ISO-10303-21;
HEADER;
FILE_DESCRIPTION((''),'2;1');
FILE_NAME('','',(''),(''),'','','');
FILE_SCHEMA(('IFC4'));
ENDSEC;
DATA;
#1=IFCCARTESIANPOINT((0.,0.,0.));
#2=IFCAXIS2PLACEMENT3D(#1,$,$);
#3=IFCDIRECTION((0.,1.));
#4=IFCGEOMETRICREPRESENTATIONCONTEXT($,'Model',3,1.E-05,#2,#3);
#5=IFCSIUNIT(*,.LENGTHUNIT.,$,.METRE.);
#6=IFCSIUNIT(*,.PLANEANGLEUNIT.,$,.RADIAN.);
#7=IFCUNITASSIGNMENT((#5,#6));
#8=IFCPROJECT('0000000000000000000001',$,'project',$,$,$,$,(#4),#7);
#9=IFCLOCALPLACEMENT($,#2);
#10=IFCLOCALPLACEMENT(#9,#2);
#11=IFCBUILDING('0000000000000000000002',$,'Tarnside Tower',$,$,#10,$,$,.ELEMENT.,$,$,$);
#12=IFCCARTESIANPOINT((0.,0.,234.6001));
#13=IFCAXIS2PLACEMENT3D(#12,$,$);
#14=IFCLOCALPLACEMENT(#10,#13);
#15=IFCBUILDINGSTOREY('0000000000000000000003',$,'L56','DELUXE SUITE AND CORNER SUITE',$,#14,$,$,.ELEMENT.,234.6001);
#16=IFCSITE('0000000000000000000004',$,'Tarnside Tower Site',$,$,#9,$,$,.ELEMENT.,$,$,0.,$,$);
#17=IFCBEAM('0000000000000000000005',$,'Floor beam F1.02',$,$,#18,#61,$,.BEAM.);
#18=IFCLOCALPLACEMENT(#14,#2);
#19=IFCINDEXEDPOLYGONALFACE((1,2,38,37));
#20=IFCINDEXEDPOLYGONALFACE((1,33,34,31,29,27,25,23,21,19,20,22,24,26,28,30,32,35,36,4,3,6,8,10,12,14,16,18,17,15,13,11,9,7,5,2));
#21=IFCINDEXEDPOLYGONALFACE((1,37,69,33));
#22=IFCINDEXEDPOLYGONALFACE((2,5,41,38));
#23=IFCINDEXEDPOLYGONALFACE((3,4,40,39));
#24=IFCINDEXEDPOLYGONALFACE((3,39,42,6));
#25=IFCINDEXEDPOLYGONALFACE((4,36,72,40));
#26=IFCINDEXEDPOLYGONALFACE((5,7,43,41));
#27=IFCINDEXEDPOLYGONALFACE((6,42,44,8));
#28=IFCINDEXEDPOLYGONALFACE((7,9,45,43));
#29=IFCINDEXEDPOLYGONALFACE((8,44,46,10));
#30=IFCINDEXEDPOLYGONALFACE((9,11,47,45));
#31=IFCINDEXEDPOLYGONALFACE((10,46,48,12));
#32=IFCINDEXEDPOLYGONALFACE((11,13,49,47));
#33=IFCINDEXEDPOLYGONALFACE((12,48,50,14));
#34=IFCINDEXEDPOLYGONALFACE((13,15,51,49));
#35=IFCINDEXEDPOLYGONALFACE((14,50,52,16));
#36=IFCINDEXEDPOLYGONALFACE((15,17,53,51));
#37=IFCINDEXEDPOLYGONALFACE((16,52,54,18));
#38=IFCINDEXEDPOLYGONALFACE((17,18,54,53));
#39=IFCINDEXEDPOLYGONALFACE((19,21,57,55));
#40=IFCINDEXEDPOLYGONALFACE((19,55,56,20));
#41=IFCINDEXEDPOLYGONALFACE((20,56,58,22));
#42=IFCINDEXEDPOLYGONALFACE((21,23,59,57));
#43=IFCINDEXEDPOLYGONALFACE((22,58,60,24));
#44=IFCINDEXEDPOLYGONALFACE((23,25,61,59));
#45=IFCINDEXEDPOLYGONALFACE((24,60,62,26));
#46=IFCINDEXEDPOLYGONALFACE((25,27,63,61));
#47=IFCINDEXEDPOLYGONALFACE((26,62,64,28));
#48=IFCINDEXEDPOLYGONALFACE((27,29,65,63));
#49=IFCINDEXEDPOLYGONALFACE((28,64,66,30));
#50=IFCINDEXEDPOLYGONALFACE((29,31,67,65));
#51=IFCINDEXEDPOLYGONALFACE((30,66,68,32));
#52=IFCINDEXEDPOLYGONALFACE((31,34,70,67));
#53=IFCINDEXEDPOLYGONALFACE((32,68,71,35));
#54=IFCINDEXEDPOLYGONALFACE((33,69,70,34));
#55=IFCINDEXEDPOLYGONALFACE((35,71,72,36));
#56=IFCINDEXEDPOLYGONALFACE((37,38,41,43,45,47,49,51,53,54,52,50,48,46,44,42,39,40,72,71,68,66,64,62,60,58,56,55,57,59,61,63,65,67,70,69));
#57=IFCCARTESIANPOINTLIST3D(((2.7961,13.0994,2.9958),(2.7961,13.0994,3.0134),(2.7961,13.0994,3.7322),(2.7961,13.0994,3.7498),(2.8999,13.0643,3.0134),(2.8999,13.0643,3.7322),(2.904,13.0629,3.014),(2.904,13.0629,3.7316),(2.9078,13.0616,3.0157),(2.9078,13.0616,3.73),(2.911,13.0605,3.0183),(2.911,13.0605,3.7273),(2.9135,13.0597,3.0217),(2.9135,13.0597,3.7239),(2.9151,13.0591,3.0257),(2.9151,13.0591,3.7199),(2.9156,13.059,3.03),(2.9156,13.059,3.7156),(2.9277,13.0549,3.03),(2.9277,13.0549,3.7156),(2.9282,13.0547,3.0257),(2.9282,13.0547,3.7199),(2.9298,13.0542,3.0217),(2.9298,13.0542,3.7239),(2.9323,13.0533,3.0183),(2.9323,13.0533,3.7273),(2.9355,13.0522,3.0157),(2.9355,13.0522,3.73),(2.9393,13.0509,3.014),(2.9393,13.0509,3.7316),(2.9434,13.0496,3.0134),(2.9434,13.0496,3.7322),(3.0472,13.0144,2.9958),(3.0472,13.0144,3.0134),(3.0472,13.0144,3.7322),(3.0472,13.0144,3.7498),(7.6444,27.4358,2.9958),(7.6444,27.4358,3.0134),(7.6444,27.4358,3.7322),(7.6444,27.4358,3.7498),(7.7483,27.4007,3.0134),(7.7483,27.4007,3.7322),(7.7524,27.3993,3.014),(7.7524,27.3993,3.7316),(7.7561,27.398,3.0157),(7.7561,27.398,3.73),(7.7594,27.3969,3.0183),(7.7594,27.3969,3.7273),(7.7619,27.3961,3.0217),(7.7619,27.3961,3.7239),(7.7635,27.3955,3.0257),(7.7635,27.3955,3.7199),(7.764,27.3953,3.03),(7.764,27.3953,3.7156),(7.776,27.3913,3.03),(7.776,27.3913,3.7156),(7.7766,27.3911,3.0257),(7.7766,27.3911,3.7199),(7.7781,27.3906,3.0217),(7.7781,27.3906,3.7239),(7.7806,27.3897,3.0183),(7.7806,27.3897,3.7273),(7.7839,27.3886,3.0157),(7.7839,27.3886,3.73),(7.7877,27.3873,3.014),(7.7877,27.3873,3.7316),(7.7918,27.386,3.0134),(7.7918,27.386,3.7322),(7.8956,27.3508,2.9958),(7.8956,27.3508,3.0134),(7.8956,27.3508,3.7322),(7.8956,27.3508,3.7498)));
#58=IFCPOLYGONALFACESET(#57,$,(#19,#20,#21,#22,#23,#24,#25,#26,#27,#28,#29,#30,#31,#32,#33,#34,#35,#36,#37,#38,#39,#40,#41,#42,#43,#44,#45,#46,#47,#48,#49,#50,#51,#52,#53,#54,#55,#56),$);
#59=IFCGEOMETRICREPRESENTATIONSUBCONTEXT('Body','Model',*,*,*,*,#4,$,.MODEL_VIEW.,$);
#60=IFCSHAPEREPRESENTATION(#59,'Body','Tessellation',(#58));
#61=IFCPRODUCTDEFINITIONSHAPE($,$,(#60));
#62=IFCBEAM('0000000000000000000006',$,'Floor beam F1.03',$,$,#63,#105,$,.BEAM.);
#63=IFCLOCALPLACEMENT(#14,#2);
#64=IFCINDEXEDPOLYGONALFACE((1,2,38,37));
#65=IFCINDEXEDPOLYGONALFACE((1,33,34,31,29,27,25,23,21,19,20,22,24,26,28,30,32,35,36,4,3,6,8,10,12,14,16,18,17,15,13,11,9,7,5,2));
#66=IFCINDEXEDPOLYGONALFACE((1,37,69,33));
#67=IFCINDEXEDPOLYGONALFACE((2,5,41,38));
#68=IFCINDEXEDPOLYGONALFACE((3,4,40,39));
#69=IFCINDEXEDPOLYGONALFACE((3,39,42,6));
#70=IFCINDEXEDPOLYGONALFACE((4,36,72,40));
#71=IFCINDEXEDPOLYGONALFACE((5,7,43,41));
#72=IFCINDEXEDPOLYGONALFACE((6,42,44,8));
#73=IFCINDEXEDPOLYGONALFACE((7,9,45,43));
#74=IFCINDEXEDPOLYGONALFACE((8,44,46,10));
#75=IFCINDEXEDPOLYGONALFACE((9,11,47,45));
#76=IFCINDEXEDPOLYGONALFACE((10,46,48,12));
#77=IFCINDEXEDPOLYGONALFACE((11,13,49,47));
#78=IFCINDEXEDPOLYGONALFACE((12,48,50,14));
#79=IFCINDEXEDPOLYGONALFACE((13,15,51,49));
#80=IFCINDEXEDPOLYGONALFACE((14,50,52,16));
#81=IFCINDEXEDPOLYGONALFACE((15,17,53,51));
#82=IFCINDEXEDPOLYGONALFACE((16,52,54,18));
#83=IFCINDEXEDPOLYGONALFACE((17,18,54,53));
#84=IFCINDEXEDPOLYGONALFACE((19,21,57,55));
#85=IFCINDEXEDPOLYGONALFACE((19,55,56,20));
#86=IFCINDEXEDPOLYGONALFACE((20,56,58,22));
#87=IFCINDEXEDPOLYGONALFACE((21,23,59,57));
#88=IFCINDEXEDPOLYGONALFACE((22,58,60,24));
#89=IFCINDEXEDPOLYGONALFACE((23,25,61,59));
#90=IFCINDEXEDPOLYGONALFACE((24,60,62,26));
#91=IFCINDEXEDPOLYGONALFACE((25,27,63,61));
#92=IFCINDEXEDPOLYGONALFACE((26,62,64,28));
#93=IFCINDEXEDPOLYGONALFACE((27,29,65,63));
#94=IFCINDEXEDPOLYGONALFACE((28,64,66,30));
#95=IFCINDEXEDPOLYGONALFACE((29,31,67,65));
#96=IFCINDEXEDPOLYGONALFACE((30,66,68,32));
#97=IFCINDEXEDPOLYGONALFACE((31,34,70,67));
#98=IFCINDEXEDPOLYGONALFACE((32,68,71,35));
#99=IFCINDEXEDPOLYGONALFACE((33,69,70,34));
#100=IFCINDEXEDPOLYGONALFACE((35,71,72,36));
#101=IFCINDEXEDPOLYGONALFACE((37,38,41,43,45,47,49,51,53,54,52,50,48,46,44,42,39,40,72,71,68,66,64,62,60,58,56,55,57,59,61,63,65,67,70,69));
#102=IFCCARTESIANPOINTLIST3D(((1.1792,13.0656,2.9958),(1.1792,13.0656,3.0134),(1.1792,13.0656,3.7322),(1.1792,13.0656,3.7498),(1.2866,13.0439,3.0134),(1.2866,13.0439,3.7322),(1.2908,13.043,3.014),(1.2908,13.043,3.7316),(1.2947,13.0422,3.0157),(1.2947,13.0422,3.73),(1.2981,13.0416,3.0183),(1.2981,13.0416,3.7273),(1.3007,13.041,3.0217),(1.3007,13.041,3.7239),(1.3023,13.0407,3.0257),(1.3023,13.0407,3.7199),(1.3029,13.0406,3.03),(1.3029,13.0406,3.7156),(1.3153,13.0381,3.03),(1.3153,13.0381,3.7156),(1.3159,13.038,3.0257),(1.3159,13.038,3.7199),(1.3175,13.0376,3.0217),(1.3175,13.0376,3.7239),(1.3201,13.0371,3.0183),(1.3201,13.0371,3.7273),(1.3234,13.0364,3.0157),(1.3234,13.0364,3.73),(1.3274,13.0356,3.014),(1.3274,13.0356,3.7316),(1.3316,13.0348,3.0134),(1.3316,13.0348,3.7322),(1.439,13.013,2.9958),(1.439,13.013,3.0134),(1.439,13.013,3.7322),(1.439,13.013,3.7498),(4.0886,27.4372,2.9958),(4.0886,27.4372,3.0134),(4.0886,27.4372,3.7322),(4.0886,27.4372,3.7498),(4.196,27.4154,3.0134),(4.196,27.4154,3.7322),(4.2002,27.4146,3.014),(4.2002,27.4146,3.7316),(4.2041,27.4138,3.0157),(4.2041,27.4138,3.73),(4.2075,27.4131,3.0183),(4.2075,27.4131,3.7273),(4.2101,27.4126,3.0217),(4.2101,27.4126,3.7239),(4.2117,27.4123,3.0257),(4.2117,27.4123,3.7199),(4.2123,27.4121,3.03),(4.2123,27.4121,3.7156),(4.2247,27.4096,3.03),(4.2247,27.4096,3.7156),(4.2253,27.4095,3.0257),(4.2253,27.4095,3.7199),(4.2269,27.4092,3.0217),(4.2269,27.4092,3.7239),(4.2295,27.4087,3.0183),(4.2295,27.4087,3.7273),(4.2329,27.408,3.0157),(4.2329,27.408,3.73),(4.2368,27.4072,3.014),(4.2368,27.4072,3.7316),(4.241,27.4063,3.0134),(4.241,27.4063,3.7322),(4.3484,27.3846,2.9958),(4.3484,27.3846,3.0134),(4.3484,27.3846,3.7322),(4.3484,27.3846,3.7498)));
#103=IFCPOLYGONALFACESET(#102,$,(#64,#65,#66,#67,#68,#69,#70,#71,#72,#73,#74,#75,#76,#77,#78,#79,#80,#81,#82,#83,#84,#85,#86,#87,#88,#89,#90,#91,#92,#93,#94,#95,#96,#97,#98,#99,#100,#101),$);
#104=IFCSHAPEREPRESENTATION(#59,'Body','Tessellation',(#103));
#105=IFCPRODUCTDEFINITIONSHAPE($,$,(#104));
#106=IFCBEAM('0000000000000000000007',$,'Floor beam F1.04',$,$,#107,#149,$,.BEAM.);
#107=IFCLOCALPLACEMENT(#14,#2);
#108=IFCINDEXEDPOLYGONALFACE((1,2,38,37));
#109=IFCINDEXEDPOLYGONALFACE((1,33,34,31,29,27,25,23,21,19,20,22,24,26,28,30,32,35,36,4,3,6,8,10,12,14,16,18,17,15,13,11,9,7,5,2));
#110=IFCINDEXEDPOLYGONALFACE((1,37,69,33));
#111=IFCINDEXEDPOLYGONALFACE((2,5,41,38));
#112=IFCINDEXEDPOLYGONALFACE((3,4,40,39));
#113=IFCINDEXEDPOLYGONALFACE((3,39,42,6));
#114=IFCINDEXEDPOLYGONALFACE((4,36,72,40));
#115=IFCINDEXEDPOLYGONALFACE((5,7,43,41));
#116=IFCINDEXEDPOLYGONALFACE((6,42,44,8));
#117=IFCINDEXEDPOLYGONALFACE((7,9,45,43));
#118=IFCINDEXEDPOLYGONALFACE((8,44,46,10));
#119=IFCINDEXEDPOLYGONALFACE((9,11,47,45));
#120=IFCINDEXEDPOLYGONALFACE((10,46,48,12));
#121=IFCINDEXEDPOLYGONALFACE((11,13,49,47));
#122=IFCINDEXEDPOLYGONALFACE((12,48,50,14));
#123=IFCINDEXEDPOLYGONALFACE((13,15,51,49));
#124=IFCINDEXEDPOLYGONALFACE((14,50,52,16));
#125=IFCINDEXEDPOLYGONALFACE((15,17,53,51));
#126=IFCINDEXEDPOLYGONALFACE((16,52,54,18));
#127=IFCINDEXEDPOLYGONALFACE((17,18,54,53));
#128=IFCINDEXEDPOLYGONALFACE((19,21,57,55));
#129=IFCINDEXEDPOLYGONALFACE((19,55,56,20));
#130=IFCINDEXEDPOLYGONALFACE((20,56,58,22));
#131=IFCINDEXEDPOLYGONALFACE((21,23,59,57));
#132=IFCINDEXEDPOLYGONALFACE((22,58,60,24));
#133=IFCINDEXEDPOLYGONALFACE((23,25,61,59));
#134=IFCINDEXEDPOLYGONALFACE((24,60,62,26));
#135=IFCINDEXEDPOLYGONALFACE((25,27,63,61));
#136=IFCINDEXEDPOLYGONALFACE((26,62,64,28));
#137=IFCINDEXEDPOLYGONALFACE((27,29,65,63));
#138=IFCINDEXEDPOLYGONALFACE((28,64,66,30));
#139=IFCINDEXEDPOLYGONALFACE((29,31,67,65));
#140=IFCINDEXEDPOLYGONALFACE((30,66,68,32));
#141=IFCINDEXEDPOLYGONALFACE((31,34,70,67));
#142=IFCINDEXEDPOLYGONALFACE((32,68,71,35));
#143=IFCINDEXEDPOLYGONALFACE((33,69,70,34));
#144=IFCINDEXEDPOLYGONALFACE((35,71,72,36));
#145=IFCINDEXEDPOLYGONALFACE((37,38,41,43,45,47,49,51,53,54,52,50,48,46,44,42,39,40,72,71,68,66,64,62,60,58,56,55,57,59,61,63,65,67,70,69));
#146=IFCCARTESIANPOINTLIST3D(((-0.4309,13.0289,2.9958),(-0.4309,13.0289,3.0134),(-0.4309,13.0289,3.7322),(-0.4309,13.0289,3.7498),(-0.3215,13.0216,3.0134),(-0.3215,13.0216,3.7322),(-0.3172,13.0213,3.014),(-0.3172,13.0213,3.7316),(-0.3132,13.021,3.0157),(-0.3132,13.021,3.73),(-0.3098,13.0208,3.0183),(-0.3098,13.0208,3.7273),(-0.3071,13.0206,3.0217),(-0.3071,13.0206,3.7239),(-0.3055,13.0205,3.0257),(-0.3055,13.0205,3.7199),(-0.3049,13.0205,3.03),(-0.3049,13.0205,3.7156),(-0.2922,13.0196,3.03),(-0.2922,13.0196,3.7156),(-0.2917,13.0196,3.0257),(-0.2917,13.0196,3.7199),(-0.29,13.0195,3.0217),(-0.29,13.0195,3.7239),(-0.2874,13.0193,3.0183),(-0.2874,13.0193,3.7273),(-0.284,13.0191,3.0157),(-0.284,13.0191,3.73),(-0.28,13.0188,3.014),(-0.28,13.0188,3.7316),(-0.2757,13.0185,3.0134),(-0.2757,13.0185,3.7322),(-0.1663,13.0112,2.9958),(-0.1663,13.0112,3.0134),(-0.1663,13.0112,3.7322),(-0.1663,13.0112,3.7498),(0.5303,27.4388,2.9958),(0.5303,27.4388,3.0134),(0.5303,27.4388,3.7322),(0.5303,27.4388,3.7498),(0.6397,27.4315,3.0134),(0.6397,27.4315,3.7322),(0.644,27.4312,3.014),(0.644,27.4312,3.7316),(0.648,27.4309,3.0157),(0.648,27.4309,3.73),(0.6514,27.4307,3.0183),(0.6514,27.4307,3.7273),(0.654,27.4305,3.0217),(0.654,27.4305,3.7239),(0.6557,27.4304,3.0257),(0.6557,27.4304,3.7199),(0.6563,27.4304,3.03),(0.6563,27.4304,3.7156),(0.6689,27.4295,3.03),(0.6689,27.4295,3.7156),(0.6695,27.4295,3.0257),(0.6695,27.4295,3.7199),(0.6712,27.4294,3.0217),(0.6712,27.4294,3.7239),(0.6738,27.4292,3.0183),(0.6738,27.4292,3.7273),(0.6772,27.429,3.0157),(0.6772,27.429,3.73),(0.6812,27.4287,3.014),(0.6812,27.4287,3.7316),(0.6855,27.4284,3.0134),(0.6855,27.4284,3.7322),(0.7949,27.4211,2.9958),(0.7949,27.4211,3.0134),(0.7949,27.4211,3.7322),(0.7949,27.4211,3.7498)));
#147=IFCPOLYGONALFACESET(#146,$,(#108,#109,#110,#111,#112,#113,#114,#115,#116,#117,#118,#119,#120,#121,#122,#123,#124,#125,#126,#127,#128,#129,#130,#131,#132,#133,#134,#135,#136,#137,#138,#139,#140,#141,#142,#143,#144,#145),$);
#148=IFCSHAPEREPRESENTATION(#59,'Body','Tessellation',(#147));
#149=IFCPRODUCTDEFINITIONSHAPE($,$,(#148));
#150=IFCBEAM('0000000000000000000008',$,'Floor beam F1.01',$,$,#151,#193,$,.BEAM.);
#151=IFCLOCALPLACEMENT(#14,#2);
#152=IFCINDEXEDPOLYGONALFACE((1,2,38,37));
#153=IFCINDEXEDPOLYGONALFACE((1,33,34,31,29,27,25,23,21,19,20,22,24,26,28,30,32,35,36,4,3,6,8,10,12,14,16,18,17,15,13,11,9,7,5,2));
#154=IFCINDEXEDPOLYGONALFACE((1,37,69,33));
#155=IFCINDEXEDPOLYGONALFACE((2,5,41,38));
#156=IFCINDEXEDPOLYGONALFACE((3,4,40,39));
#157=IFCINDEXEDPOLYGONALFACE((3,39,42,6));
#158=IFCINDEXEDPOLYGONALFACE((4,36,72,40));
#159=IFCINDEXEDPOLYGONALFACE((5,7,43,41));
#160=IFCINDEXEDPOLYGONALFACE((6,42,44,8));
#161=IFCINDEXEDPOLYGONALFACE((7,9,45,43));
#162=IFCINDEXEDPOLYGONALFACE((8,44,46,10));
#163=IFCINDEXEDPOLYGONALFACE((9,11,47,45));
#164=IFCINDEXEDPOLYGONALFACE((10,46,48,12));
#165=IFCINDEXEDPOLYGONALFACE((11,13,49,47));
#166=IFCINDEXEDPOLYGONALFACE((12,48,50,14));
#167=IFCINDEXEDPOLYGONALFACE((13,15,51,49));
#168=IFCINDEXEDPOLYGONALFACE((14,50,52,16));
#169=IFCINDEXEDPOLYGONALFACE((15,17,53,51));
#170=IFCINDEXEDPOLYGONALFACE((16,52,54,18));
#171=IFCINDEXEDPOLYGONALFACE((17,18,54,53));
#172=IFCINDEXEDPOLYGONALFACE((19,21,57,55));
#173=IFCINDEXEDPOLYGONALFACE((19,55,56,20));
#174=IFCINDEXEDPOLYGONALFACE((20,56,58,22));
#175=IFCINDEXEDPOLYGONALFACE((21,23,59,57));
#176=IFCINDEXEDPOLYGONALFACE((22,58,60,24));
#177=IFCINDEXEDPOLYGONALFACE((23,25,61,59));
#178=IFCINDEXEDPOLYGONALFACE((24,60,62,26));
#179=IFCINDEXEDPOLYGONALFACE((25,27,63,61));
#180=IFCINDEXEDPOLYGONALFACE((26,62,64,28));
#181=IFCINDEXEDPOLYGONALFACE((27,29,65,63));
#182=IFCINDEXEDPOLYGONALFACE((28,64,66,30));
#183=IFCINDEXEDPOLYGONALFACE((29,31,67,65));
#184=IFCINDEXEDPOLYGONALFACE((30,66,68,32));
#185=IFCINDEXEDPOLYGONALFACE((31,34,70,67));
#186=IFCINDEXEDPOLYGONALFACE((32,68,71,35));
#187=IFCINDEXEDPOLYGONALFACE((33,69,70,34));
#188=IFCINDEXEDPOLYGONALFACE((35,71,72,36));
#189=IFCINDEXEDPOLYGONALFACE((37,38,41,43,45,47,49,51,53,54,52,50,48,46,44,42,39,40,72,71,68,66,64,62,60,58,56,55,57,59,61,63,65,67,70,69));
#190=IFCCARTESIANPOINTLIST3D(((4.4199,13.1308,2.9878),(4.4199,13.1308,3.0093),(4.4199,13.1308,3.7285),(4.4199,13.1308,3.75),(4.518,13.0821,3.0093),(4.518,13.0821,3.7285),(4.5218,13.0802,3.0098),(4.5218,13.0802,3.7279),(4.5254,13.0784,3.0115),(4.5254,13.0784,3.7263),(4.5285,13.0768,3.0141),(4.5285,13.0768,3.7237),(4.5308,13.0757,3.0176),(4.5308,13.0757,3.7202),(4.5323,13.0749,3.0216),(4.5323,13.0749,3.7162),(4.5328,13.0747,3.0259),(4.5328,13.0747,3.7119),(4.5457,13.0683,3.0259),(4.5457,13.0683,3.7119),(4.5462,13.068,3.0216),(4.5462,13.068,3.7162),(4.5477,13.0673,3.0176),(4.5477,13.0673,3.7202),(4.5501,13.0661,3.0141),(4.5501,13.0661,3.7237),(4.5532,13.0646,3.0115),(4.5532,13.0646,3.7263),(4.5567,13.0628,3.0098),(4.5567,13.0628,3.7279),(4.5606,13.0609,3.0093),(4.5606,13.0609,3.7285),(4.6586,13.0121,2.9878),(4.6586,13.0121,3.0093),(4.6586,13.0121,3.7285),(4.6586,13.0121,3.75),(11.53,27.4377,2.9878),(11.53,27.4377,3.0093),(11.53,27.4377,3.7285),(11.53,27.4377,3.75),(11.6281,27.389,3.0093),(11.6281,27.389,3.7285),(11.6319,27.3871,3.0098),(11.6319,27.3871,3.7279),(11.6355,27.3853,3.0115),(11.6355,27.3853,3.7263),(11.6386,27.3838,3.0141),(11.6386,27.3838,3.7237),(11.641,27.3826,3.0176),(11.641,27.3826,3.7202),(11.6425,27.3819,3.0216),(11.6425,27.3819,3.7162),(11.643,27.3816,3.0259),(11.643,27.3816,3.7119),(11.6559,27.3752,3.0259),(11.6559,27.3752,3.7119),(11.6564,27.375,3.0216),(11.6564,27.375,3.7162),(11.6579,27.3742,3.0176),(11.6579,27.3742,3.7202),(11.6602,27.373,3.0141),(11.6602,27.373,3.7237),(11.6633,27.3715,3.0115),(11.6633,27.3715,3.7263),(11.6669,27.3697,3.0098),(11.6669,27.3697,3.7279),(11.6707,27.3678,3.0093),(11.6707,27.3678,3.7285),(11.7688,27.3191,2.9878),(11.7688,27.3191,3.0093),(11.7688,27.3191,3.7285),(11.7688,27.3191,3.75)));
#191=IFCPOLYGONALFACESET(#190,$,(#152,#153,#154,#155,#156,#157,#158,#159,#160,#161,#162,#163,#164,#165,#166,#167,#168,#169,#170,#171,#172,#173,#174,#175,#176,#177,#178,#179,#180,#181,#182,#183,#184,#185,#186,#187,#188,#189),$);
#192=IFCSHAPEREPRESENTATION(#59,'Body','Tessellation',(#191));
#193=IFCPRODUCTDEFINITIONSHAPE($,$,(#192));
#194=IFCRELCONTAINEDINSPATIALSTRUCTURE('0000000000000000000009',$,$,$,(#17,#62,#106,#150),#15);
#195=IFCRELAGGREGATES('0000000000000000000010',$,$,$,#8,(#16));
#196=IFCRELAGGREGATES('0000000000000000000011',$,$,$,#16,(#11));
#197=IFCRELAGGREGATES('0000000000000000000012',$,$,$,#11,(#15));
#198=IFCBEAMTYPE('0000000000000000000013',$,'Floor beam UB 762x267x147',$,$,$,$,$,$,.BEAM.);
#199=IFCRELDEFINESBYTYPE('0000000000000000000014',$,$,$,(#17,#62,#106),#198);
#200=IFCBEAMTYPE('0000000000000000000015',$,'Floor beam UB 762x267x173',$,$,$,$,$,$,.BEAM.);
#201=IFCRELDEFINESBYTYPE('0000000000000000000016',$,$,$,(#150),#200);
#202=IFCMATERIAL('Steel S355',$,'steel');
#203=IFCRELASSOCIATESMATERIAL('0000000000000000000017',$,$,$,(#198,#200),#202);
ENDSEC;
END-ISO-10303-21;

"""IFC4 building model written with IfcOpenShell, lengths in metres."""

from ifc_helpers import new_model, si_unit, direction, frame, origin, origin_2d, place, context, subcontext, project, spatial, i_section, extrude, material, material_profile, profile_set, type_object, element, save


model = new_model("IFC4")

# Units and contexts
model_context = context("Model", 3, precision=1e-05, world=origin(), true_north=direction((0.0, 1.0)))
body_context = subcontext(model_context, "Body", "Model", "MODEL_VIEW")
ifc_project = project(units=[si_unit("LENGTHUNIT", "METRE"), si_unit("PLANEANGLEUNIT", "RADIAN")], contexts=[model_context])

# Site, building, storey
site_placement = place(None, origin())
site = spatial("IfcSite", under=ifc_project, at=site_placement, Name="Tarnside Tower Site", CompositionType="ELEMENT", RefElevation=0.0)
building_placement = place(site_placement, origin())
building = spatial("IfcBuilding", under=site, at=building_placement, Name="Tarnside Tower", CompositionType="ELEMENT")
storey_placement = place(building_placement, frame((0.0, 0.0, 234.6001)))
storey = spatial("IfcBuildingStorey", under=building, at=storey_placement, Name="L56", Description="DELUXE SUITE AND CORNER SUITE", CompositionType="ELEMENT", Elevation=234.6001)

# Beams
ifc_material_1 = material(Name="Steel S355", Category="steel")
ifc_material_profile_1 = material_profile(ifc_material_1, i_section(OverallWidth=0.2651, OverallDepth=0.7539, WebThickness=0.0127, FlangeThickness=0.0176, FilletRadius=0.0166, at=origin_2d()), Name="UB 762x267x147")
ifc_profile_set_1 = profile_set([ifc_material_profile_1], Name="Steel S355")
beam_type_1 = type_object("IfcBeamType", Name="Floor beam UB 762x267x147", PredefinedType="BEAM", material=ifc_profile_set_1)
beam_1_placement = place(storey_placement, frame((7.77, 27.3933, 3.3728), z_axis=(-0.320363, -0.947295, 0.0), x_axis=(0.947295, -0.320363, 0.0)))
element("IfcBeam", 1, at=beam_1_placement, inside=storey, type_object=beam_type_1, Name="Floor beam F1.02", PredefinedType="BEAM", context=body_context, shape_type="SweptSolid", body=[
    extrude(i_section(OverallWidth=0.2651, OverallDepth=0.7539, WebThickness=0.0127, FlangeThickness=0.0176, FilletRadius=0.0166, at=origin_2d()), origin(), (0.0, 0.0, 1.0), 15.134),
])
beam_2_placement = place(storey_placement, frame((4.2185, 27.4109, 3.3728), z_axis=(-0.198418, -0.980118, 0.0), x_axis=(0.980118, -0.198418, 0.0)))
element("IfcBeam", 2, at=beam_2_placement, inside=storey, type_object=beam_type_1, Name="Floor beam F1.03", PredefinedType="BEAM", context=body_context, shape_type="SweptSolid", body=[
    extrude(i_section(OverallWidth=0.2651, OverallDepth=0.7539, WebThickness=0.0127, FlangeThickness=0.0176, FilletRadius=0.0166, at=origin_2d()), origin(), (0.0, 0.0, 1.0), 14.6631),
])
beam_3_placement = place(storey_placement, frame((0.6626, 27.4299, 3.3728), z_axis=(-0.066555, -0.997783, 0.0), x_axis=(0.997783, -0.066555, 0.0)))
element("IfcBeam", 3, at=beam_3_placement, inside=storey, type_object=beam_type_1, Name="Floor beam F1.04", PredefinedType="BEAM", context=body_context, shape_type="SweptSolid", body=[
    extrude(i_section(OverallWidth=0.2651, OverallDepth=0.7539, WebThickness=0.0127, FlangeThickness=0.0176, FilletRadius=0.0166, at=origin_2d()), origin(), (0.0, 0.0, 1.0), 14.4419),
])
ifc_material_profile_2 = material_profile(ifc_material_1, i_section(OverallWidth=0.2666, OverallDepth=0.7622, WebThickness=0.0144, FlangeThickness=0.0215, FilletRadius=0.0166, at=origin_2d()), Name="UB 762x267x173")
ifc_profile_set_2 = profile_set([ifc_material_profile_2], Name="Steel S355")
beam_type_2 = type_object("IfcBeamType", Name="Floor beam UB 762x267x173", PredefinedType="BEAM", material=ifc_profile_set_2)
beam_4_placement = place(storey_placement, frame((11.6494, 27.3784, 3.3689), z_axis=(-0.445042, -0.89551, 0.0), x_axis=(0.89551, -0.445042, 0.0)))
element("IfcBeam", 4, at=beam_4_placement, inside=storey, type_object=beam_type_2, Name="Floor beam F1.01", PredefinedType="BEAM", context=body_context, shape_type="SweptSolid", body=[
    extrude(i_section(OverallWidth=0.2666, OverallDepth=0.7622, WebThickness=0.0144, FlangeThickness=0.0215, FilletRadius=0.0166, at=origin_2d()), origin(), (0.0, 0.0, 1.0), 15.9763),
])

save(model, "model.ifc")
